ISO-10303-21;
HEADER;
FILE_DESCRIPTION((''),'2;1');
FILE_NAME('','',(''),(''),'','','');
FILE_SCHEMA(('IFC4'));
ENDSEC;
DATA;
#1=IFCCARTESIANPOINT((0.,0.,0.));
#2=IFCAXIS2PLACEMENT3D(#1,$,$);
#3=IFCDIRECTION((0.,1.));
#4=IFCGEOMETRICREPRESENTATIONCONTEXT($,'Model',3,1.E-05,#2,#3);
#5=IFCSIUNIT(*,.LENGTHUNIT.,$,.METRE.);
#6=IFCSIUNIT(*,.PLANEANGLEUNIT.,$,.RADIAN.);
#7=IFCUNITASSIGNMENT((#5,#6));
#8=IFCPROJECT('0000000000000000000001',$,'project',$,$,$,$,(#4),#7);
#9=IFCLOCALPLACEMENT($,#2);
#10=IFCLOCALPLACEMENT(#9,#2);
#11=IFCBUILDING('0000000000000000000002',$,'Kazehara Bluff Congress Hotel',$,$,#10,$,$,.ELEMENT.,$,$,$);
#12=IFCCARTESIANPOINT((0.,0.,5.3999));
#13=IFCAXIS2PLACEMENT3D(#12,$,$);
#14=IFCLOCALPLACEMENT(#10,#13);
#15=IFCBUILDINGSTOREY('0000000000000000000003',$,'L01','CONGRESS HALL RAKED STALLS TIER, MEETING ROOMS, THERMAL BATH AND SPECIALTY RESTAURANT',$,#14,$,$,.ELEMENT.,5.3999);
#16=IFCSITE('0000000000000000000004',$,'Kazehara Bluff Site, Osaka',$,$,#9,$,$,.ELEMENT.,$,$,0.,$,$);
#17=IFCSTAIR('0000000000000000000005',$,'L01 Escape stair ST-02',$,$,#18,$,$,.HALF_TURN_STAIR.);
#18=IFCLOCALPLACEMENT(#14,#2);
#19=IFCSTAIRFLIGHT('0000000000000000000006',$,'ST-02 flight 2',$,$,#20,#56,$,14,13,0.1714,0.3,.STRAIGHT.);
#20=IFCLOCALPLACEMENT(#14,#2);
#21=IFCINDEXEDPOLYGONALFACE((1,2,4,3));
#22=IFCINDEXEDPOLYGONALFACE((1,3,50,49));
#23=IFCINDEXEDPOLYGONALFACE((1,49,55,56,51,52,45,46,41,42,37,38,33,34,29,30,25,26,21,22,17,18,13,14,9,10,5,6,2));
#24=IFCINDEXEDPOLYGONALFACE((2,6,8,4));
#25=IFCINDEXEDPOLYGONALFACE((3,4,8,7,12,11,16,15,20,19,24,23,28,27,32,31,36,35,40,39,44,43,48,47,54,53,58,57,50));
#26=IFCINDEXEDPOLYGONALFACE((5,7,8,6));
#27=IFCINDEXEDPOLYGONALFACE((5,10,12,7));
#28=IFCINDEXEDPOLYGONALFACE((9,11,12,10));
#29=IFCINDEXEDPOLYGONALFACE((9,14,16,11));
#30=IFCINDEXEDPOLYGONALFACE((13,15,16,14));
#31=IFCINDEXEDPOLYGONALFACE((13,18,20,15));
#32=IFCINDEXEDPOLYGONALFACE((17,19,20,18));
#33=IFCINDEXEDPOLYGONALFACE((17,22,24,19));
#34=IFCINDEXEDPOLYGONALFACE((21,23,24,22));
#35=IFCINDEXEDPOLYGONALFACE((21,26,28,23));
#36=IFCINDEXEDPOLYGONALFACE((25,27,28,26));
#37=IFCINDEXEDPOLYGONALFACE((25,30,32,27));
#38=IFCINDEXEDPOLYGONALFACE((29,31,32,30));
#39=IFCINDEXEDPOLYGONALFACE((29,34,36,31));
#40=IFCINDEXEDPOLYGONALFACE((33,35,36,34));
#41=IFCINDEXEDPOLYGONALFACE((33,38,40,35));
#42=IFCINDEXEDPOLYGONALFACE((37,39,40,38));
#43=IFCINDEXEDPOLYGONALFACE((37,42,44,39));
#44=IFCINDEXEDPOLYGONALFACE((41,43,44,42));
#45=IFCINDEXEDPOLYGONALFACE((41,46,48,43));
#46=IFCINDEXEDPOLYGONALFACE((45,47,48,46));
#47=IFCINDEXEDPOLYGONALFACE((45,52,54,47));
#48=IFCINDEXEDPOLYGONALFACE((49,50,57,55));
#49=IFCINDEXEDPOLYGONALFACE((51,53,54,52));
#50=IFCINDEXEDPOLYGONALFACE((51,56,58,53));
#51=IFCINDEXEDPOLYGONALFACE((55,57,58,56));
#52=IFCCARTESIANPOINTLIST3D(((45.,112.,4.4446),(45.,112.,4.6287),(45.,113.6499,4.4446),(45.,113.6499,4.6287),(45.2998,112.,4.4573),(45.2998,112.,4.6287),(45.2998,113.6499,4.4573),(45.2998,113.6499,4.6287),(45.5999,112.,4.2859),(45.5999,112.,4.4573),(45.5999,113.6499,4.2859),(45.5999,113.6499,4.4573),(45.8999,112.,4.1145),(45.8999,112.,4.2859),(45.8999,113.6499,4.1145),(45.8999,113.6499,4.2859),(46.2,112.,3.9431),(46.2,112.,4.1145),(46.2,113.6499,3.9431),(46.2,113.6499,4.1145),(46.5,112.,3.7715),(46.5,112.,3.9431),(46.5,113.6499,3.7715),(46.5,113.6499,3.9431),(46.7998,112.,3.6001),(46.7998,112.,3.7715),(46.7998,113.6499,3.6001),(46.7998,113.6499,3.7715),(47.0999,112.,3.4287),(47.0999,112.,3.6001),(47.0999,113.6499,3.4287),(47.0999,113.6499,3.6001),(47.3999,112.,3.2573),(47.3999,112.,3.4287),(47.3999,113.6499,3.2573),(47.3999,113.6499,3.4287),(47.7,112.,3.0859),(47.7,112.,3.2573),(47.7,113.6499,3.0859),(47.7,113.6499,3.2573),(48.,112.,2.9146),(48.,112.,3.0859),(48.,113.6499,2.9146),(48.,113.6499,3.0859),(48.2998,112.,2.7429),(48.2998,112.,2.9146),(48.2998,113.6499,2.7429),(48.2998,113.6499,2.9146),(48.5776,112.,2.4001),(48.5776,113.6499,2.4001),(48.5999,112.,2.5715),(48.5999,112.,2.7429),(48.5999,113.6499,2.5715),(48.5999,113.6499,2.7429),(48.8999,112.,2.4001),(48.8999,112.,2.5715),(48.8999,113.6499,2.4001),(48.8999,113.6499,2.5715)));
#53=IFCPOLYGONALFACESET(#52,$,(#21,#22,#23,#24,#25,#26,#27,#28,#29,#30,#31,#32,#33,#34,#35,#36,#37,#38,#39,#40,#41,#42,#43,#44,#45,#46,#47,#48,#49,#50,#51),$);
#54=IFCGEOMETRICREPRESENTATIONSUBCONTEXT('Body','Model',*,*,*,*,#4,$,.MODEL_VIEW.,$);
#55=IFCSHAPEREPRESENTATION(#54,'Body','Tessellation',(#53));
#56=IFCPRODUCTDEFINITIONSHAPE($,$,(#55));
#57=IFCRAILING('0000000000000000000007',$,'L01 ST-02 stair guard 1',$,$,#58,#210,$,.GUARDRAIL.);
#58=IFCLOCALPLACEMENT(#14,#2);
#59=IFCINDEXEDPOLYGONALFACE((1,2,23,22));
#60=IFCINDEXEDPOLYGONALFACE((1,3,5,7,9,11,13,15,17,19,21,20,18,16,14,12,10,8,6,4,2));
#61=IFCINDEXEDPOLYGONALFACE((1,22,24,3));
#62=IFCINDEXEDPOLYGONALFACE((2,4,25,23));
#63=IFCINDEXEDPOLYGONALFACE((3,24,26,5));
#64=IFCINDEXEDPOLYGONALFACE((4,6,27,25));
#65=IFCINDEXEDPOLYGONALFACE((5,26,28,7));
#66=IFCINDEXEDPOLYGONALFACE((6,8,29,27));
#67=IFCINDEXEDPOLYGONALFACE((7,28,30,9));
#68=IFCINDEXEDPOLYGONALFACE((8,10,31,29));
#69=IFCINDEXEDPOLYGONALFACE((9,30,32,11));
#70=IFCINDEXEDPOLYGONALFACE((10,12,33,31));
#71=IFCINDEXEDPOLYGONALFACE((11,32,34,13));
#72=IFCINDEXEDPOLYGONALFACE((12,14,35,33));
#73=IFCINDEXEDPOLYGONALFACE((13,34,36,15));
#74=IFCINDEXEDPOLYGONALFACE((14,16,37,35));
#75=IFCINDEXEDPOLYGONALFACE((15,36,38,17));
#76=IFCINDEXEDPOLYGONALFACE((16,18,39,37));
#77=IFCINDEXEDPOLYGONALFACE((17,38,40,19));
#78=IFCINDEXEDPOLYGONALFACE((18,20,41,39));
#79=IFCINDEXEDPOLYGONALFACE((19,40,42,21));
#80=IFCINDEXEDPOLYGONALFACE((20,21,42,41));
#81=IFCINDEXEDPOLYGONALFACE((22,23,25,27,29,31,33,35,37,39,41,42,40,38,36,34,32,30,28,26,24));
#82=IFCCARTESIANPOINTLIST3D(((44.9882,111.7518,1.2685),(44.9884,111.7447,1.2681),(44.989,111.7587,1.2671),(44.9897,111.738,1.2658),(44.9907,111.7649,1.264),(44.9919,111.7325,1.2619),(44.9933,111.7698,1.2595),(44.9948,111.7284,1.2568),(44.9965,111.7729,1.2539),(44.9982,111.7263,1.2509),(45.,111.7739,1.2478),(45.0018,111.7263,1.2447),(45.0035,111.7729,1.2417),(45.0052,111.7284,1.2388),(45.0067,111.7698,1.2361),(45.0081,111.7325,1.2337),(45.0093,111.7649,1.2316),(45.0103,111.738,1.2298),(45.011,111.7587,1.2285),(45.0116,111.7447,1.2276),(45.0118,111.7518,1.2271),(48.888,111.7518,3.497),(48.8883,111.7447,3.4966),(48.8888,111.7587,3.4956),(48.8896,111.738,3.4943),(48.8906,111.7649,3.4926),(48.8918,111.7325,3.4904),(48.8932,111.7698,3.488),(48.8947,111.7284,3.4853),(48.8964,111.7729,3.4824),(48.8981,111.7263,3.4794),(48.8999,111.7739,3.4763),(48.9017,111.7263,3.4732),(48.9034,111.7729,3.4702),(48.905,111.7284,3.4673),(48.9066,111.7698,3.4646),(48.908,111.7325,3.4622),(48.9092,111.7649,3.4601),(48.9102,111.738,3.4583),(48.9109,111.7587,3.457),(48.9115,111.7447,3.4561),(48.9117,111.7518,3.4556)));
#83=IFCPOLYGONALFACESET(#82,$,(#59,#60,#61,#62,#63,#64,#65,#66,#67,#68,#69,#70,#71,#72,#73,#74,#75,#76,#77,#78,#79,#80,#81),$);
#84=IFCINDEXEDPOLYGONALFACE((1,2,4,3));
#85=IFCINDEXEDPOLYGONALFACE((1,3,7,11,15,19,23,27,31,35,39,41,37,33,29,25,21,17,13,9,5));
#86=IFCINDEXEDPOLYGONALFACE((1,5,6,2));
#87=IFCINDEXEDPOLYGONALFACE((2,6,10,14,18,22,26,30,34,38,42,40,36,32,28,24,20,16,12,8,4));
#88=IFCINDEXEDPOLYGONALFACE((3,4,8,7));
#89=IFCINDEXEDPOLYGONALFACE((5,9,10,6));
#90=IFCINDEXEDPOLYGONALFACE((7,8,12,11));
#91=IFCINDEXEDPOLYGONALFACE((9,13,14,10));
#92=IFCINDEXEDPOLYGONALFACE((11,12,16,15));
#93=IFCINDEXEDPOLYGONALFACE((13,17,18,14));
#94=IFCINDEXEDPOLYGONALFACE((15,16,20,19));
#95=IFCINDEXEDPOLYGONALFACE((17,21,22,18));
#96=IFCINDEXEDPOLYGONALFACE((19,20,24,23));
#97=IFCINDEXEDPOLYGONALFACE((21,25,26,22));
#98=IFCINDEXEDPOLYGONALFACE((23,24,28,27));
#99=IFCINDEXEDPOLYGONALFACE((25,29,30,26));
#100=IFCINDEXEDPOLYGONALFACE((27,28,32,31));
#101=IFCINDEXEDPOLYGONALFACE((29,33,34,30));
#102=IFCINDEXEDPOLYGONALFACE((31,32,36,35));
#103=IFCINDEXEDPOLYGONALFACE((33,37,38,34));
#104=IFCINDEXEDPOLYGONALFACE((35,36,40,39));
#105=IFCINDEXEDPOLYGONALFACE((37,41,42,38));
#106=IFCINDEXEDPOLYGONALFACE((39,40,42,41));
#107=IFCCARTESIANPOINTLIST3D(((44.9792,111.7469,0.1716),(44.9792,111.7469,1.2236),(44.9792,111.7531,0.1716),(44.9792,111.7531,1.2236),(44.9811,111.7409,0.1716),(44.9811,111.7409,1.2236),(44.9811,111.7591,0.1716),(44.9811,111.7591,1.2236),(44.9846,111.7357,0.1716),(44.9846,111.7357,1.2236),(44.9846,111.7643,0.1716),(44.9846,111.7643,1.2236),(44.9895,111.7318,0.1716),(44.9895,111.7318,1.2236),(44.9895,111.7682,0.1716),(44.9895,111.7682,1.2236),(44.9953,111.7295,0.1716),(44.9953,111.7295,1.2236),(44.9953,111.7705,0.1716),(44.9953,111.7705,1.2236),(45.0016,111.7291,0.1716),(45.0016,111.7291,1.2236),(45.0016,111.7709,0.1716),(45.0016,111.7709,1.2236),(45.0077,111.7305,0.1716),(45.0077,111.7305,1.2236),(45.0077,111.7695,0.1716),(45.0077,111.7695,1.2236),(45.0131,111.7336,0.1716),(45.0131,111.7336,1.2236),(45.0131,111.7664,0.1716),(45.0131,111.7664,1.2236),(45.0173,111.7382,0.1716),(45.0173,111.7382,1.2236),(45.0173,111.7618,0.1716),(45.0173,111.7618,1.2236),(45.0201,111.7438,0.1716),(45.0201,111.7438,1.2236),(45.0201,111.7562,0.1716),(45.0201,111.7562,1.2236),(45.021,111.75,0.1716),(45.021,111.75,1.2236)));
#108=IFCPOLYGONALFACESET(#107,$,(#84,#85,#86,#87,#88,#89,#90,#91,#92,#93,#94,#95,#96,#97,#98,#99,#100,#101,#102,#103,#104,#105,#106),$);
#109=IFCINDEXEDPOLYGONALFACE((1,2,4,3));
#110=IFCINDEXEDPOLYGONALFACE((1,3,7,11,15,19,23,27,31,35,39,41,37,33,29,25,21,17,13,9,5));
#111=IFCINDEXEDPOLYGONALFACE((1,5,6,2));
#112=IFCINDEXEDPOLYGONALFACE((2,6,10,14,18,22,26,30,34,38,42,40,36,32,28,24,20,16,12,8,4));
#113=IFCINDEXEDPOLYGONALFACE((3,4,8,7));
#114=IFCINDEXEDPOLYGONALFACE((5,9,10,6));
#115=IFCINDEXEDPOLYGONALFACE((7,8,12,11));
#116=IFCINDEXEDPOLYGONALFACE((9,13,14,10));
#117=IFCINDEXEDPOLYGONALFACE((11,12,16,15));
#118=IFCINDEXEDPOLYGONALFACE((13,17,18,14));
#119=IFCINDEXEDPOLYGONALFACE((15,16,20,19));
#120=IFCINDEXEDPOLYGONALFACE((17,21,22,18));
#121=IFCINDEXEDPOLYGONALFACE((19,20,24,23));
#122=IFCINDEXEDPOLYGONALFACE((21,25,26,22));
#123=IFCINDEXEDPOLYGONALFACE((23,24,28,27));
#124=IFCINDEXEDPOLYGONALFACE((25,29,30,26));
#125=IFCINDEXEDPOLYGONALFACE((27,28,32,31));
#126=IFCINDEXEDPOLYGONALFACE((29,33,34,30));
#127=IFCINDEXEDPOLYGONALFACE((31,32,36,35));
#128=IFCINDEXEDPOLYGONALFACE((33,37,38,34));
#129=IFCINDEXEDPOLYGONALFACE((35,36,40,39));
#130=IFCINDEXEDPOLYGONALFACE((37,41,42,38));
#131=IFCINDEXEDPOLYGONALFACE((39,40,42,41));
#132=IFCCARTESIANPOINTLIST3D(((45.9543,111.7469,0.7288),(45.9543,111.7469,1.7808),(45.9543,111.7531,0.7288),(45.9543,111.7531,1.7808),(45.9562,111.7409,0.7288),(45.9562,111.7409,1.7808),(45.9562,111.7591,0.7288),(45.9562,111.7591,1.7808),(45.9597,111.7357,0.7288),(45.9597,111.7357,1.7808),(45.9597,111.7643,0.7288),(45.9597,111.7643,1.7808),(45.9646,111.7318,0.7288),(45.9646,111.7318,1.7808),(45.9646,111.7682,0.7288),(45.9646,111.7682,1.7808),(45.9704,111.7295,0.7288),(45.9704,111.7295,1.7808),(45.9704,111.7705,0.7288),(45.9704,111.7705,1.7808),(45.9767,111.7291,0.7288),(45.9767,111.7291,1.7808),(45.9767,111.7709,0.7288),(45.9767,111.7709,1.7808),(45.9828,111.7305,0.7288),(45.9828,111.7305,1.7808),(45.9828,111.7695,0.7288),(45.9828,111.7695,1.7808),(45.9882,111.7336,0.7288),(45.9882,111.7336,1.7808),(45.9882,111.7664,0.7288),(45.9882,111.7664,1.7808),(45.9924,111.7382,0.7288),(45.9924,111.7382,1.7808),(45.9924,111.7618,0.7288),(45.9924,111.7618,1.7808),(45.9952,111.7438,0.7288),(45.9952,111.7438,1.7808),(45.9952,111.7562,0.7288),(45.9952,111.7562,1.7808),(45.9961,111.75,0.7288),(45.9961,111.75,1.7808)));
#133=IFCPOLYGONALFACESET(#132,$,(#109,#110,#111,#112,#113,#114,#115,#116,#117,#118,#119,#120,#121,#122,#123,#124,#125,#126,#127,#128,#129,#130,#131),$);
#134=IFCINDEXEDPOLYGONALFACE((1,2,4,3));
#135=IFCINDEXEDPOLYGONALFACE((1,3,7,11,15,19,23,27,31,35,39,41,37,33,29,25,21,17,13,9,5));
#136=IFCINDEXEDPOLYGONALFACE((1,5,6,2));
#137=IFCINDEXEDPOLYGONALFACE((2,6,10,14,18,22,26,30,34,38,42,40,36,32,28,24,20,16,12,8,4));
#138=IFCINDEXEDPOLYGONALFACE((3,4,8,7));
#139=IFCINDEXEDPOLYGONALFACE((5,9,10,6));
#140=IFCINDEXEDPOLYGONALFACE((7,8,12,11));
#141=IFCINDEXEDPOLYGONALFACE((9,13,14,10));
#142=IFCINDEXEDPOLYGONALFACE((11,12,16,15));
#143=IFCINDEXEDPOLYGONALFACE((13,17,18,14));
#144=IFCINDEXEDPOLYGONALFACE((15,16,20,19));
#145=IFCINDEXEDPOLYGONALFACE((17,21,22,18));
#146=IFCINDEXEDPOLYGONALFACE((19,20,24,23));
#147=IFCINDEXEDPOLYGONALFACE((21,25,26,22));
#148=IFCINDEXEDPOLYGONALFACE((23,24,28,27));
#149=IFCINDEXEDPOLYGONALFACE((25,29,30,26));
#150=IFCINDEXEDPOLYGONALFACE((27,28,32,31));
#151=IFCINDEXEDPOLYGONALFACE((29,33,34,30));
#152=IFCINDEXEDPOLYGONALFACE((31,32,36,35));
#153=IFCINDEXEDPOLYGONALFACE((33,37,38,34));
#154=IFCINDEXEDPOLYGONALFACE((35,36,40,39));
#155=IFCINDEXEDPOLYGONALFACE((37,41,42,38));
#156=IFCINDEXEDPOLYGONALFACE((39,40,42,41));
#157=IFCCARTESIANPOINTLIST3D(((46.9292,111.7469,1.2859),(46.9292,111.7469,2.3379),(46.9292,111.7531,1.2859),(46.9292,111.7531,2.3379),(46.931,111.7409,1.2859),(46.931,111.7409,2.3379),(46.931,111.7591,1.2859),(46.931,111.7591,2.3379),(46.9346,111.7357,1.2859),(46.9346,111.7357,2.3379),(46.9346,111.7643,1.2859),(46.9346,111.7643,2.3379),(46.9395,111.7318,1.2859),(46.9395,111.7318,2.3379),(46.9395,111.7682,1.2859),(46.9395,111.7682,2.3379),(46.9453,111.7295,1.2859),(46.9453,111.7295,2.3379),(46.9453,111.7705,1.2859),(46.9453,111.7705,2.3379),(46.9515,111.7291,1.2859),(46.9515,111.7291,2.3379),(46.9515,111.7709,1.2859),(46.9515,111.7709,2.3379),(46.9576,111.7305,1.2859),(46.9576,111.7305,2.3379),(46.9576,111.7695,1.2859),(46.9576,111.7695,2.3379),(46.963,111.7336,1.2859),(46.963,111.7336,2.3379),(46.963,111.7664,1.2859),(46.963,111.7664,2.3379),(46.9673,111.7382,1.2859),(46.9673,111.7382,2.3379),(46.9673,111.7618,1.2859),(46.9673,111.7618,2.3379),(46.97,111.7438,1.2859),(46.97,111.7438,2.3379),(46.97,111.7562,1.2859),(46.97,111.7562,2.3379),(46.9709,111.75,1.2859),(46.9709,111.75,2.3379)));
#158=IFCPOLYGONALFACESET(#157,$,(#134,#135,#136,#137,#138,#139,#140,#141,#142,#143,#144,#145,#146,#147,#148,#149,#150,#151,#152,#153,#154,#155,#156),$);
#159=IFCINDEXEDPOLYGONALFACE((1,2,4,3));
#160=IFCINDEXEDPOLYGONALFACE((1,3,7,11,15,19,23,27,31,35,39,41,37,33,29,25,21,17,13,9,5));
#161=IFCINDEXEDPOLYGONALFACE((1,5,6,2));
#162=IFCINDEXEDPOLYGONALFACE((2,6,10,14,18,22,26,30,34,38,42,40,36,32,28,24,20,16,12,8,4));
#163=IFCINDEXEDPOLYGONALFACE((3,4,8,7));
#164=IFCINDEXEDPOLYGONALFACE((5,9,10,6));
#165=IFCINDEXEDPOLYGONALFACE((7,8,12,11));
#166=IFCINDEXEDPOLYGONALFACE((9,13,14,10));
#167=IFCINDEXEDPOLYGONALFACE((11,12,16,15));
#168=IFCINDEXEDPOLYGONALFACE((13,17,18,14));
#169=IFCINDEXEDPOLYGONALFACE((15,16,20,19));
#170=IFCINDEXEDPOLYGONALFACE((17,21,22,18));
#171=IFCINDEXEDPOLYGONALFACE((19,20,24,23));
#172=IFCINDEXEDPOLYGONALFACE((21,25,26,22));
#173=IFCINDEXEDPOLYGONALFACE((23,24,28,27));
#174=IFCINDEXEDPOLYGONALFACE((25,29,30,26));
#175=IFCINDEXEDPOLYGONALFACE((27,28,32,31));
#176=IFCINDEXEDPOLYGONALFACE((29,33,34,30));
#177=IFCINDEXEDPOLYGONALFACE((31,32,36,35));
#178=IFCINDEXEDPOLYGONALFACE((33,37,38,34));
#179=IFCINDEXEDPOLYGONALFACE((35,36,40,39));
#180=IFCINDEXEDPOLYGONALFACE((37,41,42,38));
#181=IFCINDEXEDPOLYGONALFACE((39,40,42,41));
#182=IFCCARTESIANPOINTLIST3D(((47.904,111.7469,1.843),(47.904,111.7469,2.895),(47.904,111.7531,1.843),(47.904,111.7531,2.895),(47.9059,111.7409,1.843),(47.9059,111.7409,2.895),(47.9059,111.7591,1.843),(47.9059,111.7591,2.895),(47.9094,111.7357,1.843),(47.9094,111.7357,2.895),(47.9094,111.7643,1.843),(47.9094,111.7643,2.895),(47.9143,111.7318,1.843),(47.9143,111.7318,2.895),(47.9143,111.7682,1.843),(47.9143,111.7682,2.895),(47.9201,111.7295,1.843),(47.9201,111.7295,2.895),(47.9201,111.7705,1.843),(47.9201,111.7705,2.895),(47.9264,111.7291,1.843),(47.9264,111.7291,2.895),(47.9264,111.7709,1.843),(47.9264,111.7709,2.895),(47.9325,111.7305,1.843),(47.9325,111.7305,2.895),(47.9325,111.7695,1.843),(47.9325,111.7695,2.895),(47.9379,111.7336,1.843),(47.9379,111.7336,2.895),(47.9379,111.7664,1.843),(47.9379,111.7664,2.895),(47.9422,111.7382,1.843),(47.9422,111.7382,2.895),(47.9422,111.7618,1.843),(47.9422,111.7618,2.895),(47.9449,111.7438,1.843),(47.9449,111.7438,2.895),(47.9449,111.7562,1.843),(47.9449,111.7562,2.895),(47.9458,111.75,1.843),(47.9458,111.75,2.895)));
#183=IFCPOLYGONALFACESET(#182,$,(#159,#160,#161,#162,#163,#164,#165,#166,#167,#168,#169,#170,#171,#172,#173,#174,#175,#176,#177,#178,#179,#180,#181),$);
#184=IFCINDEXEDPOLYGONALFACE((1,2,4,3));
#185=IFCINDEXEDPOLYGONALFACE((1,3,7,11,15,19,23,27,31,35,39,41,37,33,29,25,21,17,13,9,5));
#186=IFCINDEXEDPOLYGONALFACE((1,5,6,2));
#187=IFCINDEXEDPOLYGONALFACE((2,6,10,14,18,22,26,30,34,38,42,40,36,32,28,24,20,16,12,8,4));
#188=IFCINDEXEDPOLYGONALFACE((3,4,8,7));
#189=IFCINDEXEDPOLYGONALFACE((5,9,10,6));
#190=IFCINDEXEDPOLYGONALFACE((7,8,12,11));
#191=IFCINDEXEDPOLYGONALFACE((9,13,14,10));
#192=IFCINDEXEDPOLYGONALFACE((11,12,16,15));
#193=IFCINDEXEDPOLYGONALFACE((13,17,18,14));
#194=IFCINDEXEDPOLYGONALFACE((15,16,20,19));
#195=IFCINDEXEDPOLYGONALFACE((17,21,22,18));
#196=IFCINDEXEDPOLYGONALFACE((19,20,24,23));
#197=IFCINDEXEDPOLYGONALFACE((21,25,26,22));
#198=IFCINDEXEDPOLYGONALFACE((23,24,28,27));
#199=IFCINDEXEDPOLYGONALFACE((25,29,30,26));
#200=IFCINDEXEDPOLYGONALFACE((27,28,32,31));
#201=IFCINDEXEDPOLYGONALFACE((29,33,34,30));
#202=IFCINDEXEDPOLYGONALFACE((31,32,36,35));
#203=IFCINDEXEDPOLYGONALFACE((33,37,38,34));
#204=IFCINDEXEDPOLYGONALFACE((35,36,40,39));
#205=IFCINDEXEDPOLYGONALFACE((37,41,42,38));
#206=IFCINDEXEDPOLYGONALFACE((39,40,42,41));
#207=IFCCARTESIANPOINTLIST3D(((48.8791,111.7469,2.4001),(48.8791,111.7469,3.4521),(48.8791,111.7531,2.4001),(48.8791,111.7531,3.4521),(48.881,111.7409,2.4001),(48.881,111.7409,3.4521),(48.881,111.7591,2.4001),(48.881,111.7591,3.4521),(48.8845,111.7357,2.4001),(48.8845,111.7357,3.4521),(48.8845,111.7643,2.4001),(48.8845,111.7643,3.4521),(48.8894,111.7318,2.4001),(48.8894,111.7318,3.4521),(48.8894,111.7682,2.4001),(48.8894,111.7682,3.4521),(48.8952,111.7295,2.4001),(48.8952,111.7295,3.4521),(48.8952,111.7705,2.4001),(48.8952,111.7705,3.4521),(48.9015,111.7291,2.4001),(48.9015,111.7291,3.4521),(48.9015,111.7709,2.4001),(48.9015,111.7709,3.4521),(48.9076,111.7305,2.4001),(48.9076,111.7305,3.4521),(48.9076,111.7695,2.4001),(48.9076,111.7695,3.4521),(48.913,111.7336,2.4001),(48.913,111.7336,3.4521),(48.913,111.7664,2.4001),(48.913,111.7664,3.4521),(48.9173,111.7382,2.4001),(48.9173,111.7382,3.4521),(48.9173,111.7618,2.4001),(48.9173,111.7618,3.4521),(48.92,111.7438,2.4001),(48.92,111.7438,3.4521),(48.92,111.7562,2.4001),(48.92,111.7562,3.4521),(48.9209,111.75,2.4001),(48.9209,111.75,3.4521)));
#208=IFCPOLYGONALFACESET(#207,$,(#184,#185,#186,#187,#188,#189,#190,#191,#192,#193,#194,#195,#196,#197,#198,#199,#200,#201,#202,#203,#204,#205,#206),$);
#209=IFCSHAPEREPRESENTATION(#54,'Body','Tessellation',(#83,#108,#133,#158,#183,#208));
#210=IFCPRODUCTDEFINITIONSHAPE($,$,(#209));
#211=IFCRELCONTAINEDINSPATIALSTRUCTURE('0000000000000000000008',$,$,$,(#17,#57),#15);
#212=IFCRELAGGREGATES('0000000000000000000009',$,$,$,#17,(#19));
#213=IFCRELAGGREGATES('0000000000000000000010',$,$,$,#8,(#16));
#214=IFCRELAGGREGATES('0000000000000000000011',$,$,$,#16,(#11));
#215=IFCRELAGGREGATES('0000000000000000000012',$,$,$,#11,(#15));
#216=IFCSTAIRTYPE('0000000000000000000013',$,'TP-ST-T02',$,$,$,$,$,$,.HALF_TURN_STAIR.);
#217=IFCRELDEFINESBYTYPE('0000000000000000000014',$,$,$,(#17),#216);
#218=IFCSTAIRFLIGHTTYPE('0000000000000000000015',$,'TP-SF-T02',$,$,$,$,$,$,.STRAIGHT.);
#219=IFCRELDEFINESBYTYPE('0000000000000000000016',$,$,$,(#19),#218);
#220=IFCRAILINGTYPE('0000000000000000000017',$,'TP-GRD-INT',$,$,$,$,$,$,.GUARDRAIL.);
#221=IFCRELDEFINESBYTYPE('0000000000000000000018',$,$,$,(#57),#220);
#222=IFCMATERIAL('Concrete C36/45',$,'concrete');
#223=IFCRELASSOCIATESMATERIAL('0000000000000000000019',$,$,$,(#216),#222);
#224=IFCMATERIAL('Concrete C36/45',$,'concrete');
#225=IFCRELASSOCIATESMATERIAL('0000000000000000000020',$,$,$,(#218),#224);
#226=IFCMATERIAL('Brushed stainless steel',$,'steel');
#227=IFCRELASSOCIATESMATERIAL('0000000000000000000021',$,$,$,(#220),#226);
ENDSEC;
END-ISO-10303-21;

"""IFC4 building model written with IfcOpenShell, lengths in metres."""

from ifc_helpers import new_model, si_unit, direction, frame, origin, origin_2d, place, context, subcontext, project, spatial, polyline, circle, outline, extrude, material, type_object, element, aggregate, save


model = new_model("IFC4")

# Units and contexts
model_context = context("Model", 3, precision=1e-05, world=origin(), true_north=direction((0.0, 1.0)))
body_context = subcontext(model_context, "Body", "Model", "MODEL_VIEW")
ifc_project = project(units=[si_unit("LENGTHUNIT", "METRE"), si_unit("PLANEANGLEUNIT", "RADIAN")], contexts=[model_context])

# Site, building, storey
site_placement = place(None, origin())
site = spatial("IfcSite", under=ifc_project, at=site_placement, Name="Kazehara Bluff Site, Osaka", CompositionType="ELEMENT", RefElevation=0.0)
building_placement = place(site_placement, origin())
building = spatial("IfcBuilding", under=site, at=building_placement, Name="Kazehara Bluff Congress Hotel", CompositionType="ELEMENT")
storey_placement = place(building_placement, frame((0.0, 0.0, 5.3999)))
storey = spatial("IfcBuildingStorey", under=building, at=storey_placement, Name="L01", Description="CONGRESS HALL RAKED STALLS TIER, MEETING ROOMS, THERMAL BATH AND SPECIALTY RESTAURANT", CompositionType="ELEMENT", Elevation=5.3999)

# Stair, stair flight
ifc_material_1 = material(Name="Concrete C36/45", Category="concrete")
stair_type = type_object("IfcStairType", Name="TP-ST-T02", PredefinedType="HALF_TURN_STAIR", material=ifc_material_1)
stair_placement = place(storey_placement, origin())
stair = element("IfcStair", 1, at=stair_placement, inside=storey, type_object=stair_type, Name="L01 Escape stair ST-02", PredefinedType="HALF_TURN_STAIR")
ifc_material_2 = material(Name="Concrete C36/45", Category="concrete")
stair_flight_type = type_object("IfcStairFlightType", Name="TP-SF-T02", PredefinedType="STRAIGHT", material=ifc_material_2)
stair_flight_1_placement = place(storey_placement, frame((48.8999, 112.825, 2.4001), z_axis=(0.0, 0.0, 1.0), x_axis=(-1.0, 0.0, 0.0)))
stair_flight_1 = element("IfcStairFlight", 2, at=stair_flight_1_placement, type_object=stair_flight_type, Name="ST-02 flight 2", NumberOfRisers=14, NumberOfTreads=13, PredefinedType="STRAIGHT", RiserHeight=0.1714, TreadLength=0.3, context=body_context, shape_type="SweptSolid", body=[
    extrude(outline(polyline([(0.0, 0.0), (0.0, 0.1714), (0.3, 0.1714), (0.3, 0.3428), (0.6001, 0.3428), (0.6001, 0.5144), (0.8999, 0.5144), (0.8999, 0.6858), (1.2, 0.6858), (1.2, 0.8572), (1.5, 0.8572), (1.5, 1.0286), (1.8, 1.0286), (1.8, 1.2), (2.1001, 1.2), (2.1001, 1.3713), (2.3999, 1.3713), (2.3999, 1.543), (2.7, 1.543), (2.7, 1.7144), (3.0, 1.7144), (3.0, 1.8857), (3.3, 1.8857), (3.3, 2.0571), (3.6001, 2.0571), (3.6001, 2.2285), (3.8999, 2.2285), (3.8999, 2.3999), (3.8999, 2.0444), (0.3223, 0.0), (0.0, 0.0)])), frame((0.0, 0.825, 0.0), z_axis=(0.0, -1.0, 0.0), x_axis=(1.0, 0.0, 0.0)), (0.0, 0.0, 1.0), 1.6499),
])
aggregate(stair, [stair_flight_1])

# Railing
ifc_material_3 = material(Name="Brushed stainless steel", Category="steel")
railing_type_1 = type_object("IfcRailingType", Name="TP-GRD-INT", PredefinedType="GUARDRAIL", material=ifc_material_3)
railing_1_placement = place(storey_placement, frame((45.0, 111.75, 0.1716)))
element("IfcRailing", 3, at=railing_1_placement, inside=storey, type_object=railing_type_1, Name="L01 ST-02 stair guard 1", PredefinedType="GUARDRAIL", context=body_context, shape_type="SweptSolid", body=[
    extrude(circle(Radius=0.0239, at=origin_2d()), frame((0.0, 0.0, 1.0762), z_axis=(0.868243, 0.0, 0.496139), x_axis=(0.0, 1.0, 0.0)), (0.0, 0.0, 1.0), 4.4917),
    extrude(circle(Radius=0.021, at=origin_2d()), origin(), (0.0, 0.0, 1.0), 1.052),
    extrude(circle(Radius=0.021, at=origin_2d()), frame((0.9751, 0.0, 0.5571)), (0.0, 0.0, 1.0), 1.052),
    extrude(circle(Radius=0.021, at=origin_2d()), frame((1.95, 0.0, 1.1143)), (0.0, 0.0, 1.0), 1.052),
    extrude(circle(Radius=0.021, at=origin_2d()), frame((2.9248, 0.0, 1.6714)), (0.0, 0.0, 1.0), 1.052),
    extrude(circle(Radius=0.021, at=origin_2d()), frame((3.8999, 0.0, 2.2285)), (0.0, 0.0, 1.0), 1.052),
])

save(model, "model.ifc")
